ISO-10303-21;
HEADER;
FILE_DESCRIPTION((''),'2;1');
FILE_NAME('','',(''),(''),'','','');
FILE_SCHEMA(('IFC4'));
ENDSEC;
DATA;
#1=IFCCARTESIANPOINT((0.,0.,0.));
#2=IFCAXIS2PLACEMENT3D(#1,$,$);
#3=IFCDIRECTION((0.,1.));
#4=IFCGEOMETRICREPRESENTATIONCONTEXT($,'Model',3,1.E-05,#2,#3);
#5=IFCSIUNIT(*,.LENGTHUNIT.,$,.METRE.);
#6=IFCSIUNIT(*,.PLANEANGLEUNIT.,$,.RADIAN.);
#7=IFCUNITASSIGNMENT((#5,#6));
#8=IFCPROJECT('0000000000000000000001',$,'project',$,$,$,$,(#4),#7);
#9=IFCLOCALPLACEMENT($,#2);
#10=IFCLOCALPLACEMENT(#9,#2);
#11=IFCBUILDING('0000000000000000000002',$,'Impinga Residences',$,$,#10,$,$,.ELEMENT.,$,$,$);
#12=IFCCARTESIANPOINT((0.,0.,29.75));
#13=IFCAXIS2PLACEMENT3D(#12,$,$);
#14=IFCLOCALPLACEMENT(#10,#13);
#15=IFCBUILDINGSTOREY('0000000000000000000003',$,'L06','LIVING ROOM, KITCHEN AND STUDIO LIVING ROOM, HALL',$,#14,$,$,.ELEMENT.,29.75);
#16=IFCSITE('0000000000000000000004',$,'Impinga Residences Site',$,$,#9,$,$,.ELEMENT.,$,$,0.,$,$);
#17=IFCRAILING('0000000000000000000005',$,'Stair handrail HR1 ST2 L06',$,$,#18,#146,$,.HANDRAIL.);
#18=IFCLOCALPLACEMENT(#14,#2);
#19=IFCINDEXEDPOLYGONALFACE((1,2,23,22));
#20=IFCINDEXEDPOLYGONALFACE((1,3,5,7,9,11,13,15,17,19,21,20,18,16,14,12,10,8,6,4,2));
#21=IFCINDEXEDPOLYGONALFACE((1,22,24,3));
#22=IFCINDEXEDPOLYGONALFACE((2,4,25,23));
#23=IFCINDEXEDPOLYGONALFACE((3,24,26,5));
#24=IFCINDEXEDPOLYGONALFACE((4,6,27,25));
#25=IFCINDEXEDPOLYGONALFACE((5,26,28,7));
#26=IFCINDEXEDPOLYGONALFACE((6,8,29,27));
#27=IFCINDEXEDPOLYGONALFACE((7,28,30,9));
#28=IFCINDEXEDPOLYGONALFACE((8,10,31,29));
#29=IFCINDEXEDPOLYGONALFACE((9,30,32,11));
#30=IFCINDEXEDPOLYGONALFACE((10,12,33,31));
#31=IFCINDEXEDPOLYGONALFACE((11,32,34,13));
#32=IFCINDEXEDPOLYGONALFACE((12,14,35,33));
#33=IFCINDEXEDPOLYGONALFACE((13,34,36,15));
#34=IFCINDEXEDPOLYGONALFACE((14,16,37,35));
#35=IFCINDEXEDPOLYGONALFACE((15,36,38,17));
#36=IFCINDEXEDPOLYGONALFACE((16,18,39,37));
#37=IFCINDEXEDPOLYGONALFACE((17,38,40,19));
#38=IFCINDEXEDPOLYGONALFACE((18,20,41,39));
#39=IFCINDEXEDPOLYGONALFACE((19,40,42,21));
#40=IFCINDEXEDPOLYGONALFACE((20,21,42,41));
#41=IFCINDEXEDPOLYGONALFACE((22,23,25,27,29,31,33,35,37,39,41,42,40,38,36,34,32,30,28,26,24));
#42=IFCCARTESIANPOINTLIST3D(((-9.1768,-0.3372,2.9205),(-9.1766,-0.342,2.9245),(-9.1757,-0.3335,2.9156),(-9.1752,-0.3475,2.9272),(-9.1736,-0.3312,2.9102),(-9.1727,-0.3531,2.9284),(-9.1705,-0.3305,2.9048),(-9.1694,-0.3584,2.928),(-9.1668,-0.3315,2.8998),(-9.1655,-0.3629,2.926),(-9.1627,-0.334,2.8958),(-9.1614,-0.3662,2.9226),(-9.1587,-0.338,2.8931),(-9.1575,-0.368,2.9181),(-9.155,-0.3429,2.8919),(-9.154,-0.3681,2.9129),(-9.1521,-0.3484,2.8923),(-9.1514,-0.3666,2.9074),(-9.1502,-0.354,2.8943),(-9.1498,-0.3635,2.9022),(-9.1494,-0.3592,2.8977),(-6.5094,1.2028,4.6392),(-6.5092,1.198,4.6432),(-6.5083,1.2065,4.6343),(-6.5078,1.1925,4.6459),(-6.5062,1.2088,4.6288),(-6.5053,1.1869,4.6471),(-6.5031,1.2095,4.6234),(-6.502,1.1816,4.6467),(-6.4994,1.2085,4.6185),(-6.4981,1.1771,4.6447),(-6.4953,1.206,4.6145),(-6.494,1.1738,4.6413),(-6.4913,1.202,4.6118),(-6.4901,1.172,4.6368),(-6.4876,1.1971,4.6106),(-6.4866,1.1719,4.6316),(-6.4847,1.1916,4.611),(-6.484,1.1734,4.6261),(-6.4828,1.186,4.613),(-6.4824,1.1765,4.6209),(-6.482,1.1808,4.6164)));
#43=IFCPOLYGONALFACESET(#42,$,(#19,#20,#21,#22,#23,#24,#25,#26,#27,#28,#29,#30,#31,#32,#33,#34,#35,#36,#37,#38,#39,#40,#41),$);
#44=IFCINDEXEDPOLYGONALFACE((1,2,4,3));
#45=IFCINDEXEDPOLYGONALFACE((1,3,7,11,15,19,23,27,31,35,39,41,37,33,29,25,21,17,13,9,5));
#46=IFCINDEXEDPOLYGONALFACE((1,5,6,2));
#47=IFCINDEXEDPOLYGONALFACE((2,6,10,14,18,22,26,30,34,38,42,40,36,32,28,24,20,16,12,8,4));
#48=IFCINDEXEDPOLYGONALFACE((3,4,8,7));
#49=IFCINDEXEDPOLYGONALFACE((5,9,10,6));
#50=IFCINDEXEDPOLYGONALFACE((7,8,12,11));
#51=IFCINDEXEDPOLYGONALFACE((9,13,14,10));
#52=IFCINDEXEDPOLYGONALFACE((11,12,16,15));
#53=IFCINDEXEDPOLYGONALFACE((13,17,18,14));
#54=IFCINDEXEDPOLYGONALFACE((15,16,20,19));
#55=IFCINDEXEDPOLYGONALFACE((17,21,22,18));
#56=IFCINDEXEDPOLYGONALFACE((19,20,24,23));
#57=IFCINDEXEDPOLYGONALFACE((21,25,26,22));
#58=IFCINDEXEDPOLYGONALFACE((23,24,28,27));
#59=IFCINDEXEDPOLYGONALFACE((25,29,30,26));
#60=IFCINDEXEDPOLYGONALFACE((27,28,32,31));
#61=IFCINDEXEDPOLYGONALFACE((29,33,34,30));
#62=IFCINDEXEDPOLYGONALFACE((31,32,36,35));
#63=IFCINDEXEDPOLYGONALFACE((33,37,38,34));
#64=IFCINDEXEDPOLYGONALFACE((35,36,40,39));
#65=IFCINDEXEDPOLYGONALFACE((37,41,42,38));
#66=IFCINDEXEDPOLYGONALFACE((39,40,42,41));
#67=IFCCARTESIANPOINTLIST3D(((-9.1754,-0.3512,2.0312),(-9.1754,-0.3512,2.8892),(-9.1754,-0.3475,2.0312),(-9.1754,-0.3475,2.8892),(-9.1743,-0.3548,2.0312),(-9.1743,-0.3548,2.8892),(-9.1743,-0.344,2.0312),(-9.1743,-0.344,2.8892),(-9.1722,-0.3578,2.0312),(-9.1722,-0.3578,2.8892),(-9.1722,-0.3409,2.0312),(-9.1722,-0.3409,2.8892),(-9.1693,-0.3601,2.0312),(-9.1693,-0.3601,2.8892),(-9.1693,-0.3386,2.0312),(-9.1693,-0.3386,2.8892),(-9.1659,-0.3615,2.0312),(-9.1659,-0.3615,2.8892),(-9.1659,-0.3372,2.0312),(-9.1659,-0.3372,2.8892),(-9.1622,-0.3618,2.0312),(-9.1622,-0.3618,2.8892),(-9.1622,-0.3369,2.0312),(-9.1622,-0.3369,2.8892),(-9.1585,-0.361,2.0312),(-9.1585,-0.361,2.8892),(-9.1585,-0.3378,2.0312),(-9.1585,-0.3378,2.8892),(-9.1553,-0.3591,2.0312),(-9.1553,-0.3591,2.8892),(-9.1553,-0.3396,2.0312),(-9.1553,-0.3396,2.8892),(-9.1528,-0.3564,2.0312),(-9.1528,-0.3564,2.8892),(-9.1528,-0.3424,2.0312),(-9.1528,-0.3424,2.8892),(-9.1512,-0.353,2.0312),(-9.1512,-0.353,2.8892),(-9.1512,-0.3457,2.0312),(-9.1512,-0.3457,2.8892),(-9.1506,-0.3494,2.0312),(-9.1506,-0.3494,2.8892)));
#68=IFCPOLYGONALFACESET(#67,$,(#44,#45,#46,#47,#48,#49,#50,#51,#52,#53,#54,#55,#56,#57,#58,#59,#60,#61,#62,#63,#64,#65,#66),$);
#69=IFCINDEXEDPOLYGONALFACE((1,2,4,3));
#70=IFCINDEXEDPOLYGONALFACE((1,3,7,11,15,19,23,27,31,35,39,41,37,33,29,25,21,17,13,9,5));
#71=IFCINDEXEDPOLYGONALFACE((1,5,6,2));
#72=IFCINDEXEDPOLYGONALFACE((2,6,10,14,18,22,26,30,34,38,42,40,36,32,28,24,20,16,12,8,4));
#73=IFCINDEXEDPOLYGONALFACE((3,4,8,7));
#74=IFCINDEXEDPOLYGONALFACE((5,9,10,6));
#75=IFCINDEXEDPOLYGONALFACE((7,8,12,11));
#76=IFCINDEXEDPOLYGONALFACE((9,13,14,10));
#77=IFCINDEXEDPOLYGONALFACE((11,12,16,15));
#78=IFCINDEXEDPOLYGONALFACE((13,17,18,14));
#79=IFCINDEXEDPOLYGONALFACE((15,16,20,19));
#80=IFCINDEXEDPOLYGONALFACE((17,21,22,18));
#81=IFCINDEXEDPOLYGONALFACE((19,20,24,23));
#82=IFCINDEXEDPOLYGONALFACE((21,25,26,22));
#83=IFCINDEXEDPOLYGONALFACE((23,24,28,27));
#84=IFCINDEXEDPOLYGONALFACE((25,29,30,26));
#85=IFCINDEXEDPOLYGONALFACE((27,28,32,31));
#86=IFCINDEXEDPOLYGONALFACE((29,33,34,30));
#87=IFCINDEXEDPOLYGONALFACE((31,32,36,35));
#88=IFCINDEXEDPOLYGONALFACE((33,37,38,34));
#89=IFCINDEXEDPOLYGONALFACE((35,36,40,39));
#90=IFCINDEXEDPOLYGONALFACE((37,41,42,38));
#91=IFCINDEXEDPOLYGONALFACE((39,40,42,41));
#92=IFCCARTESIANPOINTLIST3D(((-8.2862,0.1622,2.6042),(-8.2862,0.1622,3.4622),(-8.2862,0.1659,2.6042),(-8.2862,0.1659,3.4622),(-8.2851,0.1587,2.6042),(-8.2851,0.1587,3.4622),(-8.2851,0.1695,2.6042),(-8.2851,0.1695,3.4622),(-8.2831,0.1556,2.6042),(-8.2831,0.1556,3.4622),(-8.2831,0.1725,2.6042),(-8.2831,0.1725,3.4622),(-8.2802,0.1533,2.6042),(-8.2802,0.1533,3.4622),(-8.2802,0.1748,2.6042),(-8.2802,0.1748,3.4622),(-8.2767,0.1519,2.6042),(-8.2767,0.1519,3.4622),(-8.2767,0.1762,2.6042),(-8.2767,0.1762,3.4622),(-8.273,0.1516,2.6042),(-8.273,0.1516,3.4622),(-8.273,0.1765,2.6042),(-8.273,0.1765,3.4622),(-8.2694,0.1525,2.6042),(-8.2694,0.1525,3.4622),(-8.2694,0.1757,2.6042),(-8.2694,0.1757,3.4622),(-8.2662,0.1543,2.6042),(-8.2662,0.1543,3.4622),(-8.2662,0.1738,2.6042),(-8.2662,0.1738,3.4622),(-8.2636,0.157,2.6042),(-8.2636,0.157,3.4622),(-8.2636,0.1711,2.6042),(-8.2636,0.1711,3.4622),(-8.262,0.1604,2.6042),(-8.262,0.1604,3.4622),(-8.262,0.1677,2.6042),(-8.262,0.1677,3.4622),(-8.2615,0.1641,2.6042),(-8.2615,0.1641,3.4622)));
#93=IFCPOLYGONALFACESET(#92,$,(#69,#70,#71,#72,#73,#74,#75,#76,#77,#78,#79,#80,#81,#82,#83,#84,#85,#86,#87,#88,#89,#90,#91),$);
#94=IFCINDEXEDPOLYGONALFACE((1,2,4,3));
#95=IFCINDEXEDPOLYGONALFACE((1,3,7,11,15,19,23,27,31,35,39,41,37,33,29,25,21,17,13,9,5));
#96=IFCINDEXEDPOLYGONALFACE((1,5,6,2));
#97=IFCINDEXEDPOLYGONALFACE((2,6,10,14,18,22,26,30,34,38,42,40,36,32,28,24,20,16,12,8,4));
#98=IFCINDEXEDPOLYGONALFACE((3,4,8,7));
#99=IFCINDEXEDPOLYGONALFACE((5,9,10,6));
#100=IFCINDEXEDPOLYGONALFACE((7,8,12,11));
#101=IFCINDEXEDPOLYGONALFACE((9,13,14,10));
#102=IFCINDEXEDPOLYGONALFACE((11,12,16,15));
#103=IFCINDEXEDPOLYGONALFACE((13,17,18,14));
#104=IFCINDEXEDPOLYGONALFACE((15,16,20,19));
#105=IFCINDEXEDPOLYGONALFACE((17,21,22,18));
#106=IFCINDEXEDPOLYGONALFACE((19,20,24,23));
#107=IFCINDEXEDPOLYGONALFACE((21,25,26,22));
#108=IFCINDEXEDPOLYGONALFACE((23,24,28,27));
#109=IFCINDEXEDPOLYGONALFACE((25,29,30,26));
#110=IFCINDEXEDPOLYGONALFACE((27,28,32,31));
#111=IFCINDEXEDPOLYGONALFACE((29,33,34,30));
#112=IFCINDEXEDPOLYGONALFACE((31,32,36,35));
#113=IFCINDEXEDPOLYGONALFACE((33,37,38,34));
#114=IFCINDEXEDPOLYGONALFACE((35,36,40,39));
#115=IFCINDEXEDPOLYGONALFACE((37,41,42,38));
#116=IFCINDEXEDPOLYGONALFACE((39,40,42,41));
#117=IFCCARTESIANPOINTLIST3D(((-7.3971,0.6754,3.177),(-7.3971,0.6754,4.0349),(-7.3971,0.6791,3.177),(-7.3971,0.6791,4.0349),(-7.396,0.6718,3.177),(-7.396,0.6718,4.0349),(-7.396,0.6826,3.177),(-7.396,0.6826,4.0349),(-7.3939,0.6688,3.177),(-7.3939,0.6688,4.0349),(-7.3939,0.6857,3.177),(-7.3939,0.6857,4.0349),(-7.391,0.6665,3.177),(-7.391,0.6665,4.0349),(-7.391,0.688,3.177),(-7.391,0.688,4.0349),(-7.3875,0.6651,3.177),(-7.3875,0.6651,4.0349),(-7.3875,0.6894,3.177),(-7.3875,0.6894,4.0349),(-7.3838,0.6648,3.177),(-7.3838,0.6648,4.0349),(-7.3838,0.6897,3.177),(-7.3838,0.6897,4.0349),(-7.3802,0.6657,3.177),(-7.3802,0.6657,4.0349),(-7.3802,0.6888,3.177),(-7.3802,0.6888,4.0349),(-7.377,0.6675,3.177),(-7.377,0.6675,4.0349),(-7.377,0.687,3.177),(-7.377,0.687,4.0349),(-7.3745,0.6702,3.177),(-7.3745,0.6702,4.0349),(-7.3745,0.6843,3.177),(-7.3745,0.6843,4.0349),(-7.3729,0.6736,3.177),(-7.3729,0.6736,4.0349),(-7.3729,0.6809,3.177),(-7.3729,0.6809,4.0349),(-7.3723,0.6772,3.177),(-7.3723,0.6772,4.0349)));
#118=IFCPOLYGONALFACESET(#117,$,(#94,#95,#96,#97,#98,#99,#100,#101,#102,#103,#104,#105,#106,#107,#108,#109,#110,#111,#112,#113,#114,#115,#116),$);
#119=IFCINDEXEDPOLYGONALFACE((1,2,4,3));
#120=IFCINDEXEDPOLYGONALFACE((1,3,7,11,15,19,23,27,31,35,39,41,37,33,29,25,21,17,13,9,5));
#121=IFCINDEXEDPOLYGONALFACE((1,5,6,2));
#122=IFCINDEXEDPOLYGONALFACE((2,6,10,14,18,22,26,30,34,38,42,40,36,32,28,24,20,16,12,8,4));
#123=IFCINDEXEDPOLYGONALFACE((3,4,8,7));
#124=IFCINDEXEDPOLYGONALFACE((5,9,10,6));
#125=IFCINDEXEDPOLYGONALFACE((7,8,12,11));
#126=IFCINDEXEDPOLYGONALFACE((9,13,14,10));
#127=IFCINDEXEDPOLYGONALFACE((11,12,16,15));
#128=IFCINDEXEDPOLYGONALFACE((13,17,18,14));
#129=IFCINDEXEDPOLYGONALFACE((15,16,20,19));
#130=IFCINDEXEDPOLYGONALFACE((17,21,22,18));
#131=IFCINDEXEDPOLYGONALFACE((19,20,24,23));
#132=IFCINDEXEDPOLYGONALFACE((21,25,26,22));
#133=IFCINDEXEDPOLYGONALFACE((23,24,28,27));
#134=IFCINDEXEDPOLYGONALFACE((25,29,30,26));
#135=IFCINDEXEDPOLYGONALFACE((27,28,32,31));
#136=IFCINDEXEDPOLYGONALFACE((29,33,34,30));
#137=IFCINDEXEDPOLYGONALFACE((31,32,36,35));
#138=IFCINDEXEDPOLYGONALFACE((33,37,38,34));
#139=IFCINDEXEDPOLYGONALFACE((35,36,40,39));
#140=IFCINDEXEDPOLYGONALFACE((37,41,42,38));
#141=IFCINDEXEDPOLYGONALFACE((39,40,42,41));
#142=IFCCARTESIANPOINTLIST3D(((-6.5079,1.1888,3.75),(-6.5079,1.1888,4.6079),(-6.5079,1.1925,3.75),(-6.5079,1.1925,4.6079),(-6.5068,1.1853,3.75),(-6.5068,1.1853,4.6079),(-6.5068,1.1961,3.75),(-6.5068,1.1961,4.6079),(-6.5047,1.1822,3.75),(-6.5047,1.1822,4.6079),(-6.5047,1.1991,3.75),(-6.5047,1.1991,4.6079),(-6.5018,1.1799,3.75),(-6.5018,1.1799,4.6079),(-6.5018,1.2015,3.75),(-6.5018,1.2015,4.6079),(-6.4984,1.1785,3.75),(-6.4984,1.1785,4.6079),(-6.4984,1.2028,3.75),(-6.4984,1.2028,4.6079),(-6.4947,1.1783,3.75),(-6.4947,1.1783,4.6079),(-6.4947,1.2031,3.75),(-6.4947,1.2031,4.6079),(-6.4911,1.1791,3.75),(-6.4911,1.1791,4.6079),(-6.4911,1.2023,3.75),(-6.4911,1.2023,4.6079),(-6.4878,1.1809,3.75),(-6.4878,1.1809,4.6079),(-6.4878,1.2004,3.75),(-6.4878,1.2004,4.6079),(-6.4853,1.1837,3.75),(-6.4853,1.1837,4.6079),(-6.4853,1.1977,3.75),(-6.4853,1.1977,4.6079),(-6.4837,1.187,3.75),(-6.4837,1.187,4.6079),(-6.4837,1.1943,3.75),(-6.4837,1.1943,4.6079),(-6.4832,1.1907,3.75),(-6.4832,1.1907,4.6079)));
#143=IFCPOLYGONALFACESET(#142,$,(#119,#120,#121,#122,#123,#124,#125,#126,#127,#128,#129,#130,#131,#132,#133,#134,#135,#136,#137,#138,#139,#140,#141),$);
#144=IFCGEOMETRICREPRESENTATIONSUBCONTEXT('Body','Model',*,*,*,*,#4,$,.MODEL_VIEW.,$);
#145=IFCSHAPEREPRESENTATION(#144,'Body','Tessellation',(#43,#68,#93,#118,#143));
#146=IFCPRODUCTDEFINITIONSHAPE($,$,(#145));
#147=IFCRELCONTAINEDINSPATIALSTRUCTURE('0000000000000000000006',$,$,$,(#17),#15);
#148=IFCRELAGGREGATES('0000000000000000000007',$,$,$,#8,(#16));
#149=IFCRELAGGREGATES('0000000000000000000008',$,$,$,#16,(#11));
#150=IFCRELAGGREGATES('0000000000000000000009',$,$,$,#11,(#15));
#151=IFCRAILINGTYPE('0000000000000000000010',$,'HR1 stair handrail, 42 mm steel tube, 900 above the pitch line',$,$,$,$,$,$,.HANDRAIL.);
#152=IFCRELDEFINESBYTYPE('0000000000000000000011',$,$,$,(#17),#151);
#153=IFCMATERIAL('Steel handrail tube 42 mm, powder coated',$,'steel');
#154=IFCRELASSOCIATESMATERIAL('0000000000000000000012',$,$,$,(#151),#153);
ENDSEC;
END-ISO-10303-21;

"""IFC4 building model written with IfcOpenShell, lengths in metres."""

from ifc_helpers import new_model, si_unit, direction, frame, origin, origin_2d, place, context, subcontext, project, spatial, circle, extrude, material, type_object, element, save


model = new_model("IFC4")

# Units and contexts
model_context = context("Model", 3, precision=1e-05, world=origin(), true_north=direction((0.0, 1.0)))
body_context = subcontext(model_context, "Body", "Model", "MODEL_VIEW")
ifc_project = project(units=[si_unit("LENGTHUNIT", "METRE"), si_unit("PLANEANGLEUNIT", "RADIAN")], contexts=[model_context])

# Site, building, storey
site_placement = place(None, origin())
site = spatial("IfcSite", under=ifc_project, at=site_placement, Name="Impinga Residences Site", CompositionType="ELEMENT", RefElevation=0.0)
building_placement = place(site_placement, origin())
building = spatial("IfcBuilding", under=site, at=building_placement, Name="Impinga Residences", CompositionType="ELEMENT")
storey_placement = place(building_placement, frame((0.0, 0.0, 29.75)))
storey = spatial("IfcBuildingStorey", under=building, at=storey_placement, Name="L06", Description="LIVING ROOM, KITCHEN AND STUDIO LIVING ROOM, HALL", CompositionType="ELEMENT", Elevation=29.75)

# Railing
ifc_material_1 = material(Name="Steel handrail tube 42 mm, powder coated", Category="steel")
railing_type_1 = type_object("IfcRailingType", Name="HR1 stair handrail, 42 mm steel tube, 900 above the pitch line", PredefinedType="HANDRAIL", material=ifc_material_1)
railing_1_placement = place(storey_placement, frame((-9.1631, -0.3494, 2.0312)))
element("IfcRailing", 1, at=railing_1_placement, inside=storey, type_object=railing_type_1, Name="Stair handrail HR1 ST2 L06", PredefinedType="HANDRAIL", context=body_context, shape_type="SweptSolid", body=[
    extrude(circle(Radius=0.021, at=origin_2d()), frame((0.0, 0.0, 0.8789), z_axis=(0.756256, 0.436616, 0.487282), x_axis=(-0.499992, 0.86603, 0.0)), (0.0, 0.0, 1.0), 3.5271),
    extrude(circle(Radius=0.0125, at=origin_2d()), origin(), (0.0, 0.0, 1.0), 0.8579),
    extrude(circle(Radius=0.0125, at=origin_2d()), frame((0.8892, 0.5134, 0.573)), (0.0, 0.0, 1.0), 0.8579),
    extrude(circle(Radius=0.0125, at=origin_2d()), frame((1.7783, 1.0266, 1.1458)), (0.0, 0.0, 1.0), 0.8579),
    extrude(circle(Radius=0.0125, at=origin_2d()), frame((2.6675, 1.54, 1.7188)), (0.0, 0.0, 1.0), 0.8579),
])

save(model, "model.ifc")
